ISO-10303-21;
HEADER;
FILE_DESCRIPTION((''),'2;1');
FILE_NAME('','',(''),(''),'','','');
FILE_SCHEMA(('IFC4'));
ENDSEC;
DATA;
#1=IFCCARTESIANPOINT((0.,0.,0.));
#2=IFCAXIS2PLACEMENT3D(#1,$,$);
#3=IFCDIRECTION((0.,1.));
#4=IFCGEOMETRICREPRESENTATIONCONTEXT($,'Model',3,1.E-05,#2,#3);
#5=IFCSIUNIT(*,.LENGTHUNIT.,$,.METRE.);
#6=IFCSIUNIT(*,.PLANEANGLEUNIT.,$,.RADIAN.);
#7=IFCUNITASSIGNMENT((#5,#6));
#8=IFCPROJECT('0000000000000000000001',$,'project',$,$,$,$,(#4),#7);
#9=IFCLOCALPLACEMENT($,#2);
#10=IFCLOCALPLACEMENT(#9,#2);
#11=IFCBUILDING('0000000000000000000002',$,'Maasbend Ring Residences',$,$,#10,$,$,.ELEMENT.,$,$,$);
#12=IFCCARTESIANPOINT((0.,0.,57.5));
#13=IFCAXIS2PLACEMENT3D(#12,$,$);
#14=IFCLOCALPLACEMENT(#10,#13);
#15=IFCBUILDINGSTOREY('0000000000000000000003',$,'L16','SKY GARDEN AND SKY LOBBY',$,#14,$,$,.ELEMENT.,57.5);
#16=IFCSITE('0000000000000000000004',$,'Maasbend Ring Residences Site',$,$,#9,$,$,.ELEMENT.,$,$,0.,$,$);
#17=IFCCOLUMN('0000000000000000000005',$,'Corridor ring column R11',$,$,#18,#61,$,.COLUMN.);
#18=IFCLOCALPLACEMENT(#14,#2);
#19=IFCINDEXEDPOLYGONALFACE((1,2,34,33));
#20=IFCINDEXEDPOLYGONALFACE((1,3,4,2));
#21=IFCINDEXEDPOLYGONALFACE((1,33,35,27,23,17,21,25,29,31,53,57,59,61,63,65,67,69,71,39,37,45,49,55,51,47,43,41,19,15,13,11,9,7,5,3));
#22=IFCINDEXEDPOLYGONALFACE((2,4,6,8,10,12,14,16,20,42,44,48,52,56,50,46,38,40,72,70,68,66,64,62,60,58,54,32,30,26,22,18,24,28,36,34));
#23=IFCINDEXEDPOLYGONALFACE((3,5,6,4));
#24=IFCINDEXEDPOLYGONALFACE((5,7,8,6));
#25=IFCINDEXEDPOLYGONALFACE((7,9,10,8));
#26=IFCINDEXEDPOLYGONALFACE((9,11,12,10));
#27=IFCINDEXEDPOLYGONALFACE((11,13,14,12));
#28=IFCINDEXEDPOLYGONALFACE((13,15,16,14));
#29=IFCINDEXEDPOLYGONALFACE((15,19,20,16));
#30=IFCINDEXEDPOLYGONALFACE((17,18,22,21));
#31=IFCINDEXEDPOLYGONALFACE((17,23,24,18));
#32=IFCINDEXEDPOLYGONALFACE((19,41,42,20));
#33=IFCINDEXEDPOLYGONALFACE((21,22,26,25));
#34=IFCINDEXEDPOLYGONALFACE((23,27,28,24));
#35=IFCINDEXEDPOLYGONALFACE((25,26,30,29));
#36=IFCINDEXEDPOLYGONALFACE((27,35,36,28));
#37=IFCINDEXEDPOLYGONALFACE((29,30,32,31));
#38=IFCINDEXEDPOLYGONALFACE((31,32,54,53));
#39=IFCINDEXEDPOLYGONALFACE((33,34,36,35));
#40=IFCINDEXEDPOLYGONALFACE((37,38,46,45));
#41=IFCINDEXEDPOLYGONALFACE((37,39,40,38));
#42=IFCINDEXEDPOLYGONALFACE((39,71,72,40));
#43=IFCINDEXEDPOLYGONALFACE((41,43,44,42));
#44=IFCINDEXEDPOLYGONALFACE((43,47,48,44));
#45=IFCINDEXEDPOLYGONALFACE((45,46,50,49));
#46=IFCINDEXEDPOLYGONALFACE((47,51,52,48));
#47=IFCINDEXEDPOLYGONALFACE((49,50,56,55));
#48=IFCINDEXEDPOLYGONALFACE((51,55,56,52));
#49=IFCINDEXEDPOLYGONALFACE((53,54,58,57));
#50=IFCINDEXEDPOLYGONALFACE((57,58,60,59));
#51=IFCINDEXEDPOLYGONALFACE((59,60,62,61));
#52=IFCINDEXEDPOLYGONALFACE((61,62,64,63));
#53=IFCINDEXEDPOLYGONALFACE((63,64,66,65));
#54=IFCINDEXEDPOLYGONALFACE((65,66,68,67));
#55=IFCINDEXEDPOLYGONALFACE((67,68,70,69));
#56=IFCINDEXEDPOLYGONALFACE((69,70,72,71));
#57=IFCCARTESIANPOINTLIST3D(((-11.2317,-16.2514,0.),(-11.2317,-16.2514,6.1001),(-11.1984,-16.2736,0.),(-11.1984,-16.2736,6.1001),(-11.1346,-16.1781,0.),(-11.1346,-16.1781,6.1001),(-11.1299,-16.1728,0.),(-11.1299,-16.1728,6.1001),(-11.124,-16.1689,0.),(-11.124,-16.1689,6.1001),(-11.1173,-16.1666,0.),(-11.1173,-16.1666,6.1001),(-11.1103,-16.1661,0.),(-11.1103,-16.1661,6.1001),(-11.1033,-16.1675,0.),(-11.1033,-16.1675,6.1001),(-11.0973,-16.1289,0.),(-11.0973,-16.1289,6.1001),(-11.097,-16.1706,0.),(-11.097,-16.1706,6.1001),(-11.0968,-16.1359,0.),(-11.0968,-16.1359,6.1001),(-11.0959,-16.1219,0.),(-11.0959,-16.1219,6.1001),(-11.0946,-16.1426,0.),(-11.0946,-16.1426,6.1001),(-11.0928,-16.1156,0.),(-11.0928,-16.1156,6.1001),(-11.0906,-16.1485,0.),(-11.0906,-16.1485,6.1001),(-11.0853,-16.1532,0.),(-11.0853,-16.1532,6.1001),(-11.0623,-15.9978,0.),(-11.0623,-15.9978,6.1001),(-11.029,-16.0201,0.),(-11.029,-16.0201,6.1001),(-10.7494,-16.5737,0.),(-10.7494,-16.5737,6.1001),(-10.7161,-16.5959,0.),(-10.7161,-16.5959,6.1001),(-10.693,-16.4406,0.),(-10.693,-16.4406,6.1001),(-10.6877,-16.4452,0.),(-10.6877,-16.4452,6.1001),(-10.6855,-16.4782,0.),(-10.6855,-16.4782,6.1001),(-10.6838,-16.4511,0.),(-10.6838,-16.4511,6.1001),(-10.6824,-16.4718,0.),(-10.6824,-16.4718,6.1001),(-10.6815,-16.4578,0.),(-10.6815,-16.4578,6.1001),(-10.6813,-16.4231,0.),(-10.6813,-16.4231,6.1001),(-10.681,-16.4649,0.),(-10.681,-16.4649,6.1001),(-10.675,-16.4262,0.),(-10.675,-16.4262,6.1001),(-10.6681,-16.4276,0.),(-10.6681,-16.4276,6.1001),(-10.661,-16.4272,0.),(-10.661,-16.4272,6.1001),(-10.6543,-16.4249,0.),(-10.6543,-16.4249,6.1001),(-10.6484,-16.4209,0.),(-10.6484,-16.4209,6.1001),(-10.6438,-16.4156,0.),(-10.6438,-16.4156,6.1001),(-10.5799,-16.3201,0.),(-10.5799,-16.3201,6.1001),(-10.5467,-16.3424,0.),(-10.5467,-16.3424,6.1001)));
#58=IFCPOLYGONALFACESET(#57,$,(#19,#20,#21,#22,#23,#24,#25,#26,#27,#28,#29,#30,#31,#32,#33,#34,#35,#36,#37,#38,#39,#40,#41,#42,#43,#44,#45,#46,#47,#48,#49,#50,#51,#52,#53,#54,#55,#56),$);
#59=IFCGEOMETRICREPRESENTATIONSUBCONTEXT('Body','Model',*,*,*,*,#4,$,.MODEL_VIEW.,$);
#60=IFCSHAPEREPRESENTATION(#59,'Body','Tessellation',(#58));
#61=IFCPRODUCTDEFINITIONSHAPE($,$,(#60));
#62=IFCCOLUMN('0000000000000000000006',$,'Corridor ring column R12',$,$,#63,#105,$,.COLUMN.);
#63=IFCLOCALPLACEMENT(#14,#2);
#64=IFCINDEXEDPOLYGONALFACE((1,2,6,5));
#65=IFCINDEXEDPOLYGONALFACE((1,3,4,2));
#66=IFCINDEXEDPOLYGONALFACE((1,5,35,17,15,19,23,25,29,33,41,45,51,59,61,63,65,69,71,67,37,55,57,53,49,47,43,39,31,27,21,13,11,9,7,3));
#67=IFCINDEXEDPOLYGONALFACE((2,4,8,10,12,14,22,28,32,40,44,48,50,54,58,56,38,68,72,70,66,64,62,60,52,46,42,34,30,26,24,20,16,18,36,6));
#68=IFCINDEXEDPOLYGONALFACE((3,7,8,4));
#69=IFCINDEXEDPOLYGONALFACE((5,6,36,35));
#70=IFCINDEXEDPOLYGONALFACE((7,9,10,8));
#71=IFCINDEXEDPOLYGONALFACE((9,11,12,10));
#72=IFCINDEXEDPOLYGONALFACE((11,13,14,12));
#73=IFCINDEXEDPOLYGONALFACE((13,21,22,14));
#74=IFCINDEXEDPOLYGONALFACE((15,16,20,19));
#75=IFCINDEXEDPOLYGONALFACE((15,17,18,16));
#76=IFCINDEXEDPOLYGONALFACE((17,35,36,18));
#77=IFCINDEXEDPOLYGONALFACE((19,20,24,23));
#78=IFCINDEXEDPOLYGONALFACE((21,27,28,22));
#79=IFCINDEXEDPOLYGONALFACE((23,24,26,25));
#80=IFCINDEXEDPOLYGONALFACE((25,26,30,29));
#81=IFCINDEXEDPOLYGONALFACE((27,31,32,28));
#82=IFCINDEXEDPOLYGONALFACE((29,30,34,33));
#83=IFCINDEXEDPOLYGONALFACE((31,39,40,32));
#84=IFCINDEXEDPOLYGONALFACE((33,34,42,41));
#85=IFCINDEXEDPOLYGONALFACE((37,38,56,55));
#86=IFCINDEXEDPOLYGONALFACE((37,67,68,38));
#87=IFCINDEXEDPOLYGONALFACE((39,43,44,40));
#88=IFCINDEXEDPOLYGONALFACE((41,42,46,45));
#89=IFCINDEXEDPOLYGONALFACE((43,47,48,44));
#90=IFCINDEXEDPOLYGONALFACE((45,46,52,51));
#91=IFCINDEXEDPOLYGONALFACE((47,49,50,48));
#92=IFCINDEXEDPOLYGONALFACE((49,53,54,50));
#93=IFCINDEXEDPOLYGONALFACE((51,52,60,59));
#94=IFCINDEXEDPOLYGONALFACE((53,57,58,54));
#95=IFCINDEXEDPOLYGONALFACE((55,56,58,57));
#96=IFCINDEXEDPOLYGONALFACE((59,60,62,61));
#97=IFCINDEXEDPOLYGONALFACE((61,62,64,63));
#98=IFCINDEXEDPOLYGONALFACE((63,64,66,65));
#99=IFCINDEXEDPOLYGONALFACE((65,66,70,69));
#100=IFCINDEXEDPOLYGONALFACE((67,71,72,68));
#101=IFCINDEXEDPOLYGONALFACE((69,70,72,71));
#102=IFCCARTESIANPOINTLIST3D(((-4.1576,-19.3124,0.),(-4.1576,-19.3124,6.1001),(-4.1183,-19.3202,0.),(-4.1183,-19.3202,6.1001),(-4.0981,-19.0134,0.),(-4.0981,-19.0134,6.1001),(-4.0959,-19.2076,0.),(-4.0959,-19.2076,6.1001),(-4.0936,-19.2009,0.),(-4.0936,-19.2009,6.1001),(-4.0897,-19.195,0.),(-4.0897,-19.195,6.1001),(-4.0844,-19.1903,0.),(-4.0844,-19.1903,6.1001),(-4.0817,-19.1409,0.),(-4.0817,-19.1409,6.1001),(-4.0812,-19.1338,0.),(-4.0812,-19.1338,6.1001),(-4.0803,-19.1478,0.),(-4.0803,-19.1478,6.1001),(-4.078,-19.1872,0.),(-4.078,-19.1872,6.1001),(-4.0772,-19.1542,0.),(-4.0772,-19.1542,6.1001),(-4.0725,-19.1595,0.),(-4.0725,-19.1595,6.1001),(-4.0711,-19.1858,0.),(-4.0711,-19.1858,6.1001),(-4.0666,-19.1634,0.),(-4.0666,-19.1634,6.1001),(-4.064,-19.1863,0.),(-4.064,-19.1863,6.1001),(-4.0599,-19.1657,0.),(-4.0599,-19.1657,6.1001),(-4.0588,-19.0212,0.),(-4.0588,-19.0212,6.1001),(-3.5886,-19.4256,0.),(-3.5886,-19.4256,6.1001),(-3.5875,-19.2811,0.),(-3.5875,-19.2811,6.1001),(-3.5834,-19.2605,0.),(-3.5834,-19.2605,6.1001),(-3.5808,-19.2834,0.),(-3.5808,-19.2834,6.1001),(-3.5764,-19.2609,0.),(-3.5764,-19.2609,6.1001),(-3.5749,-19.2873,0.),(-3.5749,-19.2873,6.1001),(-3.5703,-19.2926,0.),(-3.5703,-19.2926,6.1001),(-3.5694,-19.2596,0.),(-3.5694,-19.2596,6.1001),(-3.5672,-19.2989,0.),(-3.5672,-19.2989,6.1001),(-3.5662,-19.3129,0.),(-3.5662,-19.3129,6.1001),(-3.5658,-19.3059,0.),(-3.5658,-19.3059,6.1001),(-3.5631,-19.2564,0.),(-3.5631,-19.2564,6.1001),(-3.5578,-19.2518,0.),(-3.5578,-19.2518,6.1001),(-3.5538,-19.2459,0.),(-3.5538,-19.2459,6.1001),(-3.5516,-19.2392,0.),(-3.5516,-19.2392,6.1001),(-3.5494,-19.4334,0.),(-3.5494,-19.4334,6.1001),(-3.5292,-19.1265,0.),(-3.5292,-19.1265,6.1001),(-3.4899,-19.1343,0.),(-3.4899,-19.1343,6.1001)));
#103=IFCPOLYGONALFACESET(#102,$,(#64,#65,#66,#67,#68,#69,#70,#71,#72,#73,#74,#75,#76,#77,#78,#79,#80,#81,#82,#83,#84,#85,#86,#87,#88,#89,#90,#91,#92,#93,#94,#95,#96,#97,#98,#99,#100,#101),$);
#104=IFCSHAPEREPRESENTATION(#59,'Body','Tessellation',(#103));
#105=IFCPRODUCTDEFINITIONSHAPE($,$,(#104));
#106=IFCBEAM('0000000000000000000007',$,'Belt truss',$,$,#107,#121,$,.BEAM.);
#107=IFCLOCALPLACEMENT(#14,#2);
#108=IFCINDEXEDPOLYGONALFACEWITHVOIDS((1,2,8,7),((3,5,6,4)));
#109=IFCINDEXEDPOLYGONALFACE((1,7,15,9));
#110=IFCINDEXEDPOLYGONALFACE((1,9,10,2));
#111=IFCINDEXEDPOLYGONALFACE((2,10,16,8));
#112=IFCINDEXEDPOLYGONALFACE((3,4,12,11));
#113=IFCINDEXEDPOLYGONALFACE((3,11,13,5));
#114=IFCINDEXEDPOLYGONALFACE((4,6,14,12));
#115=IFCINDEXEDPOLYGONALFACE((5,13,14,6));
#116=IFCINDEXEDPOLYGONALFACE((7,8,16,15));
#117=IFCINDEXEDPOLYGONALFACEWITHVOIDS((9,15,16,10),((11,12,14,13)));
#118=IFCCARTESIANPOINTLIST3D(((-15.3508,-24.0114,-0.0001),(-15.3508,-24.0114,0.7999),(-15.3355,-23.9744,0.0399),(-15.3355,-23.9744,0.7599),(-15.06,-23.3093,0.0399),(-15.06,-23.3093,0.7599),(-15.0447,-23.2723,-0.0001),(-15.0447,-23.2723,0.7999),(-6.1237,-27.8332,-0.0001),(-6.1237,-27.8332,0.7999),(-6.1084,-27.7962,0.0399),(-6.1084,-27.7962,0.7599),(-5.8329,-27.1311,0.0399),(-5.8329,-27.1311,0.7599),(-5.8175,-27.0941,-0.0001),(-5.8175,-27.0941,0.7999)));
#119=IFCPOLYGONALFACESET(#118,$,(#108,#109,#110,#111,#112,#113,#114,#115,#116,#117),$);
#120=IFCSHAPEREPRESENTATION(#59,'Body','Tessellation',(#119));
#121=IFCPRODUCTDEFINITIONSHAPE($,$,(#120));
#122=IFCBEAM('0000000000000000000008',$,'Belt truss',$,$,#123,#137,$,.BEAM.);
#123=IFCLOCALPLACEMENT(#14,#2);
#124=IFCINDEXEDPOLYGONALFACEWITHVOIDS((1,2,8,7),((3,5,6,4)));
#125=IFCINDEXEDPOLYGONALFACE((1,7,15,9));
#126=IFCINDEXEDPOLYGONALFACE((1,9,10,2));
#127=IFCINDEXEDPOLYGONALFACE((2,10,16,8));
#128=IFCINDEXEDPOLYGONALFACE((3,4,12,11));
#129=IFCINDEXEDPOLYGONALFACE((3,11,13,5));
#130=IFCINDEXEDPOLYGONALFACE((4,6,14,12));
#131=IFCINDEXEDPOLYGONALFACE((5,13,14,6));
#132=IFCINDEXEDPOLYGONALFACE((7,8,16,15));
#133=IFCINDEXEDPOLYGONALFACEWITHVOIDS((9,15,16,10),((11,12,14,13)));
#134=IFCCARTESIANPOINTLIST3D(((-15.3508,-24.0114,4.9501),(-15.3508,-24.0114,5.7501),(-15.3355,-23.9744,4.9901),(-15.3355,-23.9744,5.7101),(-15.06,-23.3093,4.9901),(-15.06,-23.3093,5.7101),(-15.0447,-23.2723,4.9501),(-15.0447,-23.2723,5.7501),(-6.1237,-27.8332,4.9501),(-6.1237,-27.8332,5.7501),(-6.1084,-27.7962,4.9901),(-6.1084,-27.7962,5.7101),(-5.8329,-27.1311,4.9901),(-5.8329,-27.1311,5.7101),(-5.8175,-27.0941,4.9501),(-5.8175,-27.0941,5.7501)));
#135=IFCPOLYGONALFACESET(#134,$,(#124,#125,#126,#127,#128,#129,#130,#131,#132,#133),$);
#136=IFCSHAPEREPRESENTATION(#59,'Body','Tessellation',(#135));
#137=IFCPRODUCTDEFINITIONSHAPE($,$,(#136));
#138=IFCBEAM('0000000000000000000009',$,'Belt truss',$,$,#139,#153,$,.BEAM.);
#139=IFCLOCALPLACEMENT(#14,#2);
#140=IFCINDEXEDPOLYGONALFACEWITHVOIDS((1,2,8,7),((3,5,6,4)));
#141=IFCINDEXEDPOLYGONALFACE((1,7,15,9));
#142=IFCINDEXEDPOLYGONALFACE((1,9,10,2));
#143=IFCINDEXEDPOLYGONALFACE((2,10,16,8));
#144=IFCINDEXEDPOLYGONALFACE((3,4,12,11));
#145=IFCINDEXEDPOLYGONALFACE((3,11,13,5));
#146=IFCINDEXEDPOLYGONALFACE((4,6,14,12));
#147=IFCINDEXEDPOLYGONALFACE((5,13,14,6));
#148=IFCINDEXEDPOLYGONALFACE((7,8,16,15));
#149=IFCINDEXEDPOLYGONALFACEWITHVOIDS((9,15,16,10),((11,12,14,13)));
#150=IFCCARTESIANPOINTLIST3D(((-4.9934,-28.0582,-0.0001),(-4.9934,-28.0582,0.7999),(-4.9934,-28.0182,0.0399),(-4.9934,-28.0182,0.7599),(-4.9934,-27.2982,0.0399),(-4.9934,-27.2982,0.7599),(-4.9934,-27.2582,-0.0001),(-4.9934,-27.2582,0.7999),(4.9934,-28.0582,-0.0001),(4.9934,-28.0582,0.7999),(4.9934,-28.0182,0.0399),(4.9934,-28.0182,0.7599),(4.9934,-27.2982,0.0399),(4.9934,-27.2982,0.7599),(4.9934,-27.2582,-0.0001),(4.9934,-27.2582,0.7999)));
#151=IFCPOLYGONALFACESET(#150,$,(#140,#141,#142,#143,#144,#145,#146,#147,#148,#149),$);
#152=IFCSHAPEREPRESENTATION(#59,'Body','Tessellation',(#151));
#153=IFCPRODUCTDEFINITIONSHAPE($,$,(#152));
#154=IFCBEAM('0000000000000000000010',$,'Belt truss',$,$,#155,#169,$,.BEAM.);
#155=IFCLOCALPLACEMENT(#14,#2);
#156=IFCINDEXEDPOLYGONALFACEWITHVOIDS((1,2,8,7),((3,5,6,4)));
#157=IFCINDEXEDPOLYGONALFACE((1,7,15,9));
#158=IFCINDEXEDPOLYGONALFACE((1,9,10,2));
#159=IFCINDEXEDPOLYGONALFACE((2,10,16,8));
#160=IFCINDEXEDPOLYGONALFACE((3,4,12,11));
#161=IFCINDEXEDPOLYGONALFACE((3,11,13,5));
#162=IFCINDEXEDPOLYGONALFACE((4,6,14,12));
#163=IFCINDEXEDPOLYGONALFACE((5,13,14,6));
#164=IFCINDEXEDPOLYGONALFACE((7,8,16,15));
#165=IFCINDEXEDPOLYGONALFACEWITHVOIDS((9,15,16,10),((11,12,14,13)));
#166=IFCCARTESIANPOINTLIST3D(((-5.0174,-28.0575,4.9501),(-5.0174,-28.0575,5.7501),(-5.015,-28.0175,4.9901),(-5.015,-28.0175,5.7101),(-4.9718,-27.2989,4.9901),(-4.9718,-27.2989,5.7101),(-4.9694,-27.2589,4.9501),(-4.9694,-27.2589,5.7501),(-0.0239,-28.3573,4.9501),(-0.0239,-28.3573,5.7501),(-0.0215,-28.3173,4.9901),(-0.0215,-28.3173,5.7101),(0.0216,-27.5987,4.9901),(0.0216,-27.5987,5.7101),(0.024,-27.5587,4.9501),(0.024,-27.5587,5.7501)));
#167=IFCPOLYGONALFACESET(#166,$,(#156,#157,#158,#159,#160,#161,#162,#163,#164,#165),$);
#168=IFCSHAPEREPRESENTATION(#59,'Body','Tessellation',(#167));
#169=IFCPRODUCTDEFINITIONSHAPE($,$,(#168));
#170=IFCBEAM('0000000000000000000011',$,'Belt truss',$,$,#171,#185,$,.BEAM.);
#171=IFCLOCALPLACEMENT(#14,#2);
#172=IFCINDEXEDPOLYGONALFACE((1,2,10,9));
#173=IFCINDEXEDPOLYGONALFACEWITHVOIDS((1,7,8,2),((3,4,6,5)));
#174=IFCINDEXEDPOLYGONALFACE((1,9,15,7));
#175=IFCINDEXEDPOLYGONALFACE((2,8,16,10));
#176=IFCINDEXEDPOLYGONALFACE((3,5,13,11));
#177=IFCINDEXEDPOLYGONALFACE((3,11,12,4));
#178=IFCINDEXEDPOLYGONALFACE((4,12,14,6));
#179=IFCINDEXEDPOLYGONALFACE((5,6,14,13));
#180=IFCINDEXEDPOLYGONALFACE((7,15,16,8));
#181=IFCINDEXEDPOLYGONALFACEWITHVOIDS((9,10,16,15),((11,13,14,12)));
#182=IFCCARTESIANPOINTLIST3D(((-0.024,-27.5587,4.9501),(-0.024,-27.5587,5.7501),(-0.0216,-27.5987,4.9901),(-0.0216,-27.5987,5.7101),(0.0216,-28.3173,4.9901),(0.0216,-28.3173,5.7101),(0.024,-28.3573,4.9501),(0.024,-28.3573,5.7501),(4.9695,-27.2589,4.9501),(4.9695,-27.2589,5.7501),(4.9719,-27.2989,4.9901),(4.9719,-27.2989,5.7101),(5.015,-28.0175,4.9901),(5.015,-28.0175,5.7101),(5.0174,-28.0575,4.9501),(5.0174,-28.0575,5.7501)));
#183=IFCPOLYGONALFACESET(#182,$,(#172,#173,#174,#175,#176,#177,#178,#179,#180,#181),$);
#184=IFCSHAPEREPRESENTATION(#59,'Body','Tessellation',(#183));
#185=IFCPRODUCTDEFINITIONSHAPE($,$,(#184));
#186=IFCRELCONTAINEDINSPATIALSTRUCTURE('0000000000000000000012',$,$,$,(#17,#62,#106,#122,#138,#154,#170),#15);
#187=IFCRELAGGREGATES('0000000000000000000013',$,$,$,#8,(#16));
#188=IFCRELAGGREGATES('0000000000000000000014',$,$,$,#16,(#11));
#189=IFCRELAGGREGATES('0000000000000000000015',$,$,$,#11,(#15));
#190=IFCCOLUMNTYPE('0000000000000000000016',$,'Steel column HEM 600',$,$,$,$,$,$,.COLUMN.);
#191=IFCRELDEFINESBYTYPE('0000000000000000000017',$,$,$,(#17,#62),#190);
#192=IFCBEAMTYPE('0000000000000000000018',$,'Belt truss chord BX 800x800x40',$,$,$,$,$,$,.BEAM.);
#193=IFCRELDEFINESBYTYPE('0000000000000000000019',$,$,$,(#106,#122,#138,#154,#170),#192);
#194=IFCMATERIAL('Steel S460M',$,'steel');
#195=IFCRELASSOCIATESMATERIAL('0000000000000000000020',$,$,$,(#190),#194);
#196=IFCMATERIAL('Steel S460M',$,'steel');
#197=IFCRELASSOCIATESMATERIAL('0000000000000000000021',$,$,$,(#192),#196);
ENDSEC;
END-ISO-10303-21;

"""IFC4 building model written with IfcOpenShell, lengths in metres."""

from ifc_helpers import new_model, si_unit, direction, frame, origin, origin_2d, place, context, subcontext, project, spatial, hollow_rectangle, i_section, extrude, material, material_profile, profile_set, type_object, element, save


model = new_model("IFC4")

# Units and contexts
model_context = context("Model", 3, precision=1e-05, world=origin(), true_north=direction((0.0, 1.0)))
body_context = subcontext(model_context, "Body", "Model", "MODEL_VIEW")
ifc_project = project(units=[si_unit("LENGTHUNIT", "METRE"), si_unit("PLANEANGLEUNIT", "RADIAN")], contexts=[model_context])

# Site, building, storey
site_placement = place(None, origin())
site = spatial("IfcSite", under=ifc_project, at=site_placement, Name="Maasbend Ring Residences Site", CompositionType="ELEMENT", RefElevation=0.0)
building_placement = place(site_placement, origin())
building = spatial("IfcBuilding", under=site, at=building_placement, Name="Maasbend Ring Residences", CompositionType="ELEMENT")
storey_placement = place(building_placement, frame((0.0, 0.0, 57.5)))
storey = spatial("IfcBuildingStorey", under=building, at=storey_placement, Name="L16", Description="SKY GARDEN AND SKY LOBBY", CompositionType="ELEMENT", Elevation=57.5)

# Columns
ifc_material_1 = material(Name="Steel S460M", Category="steel")
ifc_material_profile_1 = material_profile(ifc_material_1, i_section(OverallWidth=0.3049, OverallDepth=0.6201, WebThickness=0.021, FlangeThickness=0.04, FilletRadius=0.0271, at=origin_2d()), Name="HEM 600")
ifc_profile_set_1 = profile_set([ifc_material_profile_1], Name="Steel S460M")
column_type_1 = type_object("IfcColumnType", Name="Steel column HEM 600", PredefinedType="COLUMN", material=ifc_profile_set_1)
for number, where, z_axis, x_axis, name in (
    (1, (-10.8892, -16.2969, 0.0), (0.0, 0.0, 1.0), (-0.55557, -0.83147, 0.0), "Corridor ring column R11"),
    (2, (-3.8237, -19.2234, 0.0), (0.0, 0.0, 1.0), (-0.19509, -0.980785, 0.0), "Corridor ring column R12"),
):
    element("IfcColumn", number, at=place(storey_placement, frame(where, z_axis=z_axis, x_axis=x_axis)), inside=storey, type_object=column_type_1, Name=name, PredefinedType="COLUMN", context=body_context, shape_type="SweptSolid", body=[
        extrude(i_section(OverallWidth=0.3049, OverallDepth=0.6201, WebThickness=0.021, FlangeThickness=0.04, FilletRadius=0.0271, at=origin_2d()), origin(), (0.0, 0.0, 1.0), 6.1001),
    ])

# Beams
ifc_material_2 = material(Name="Steel S460M", Category="steel")
ifc_material_profile_2 = material_profile(ifc_material_2, hollow_rectangle(XDim=0.8, YDim=0.8, WallThickness=0.04, at=origin_2d()), Name="Belt truss chord BX 800x800x40")
ifc_profile_set_2 = profile_set([ifc_material_profile_2], Name="Steel S460M")
beam_type_1 = type_object("IfcBeamType", Name="Belt truss chord BX 800x800x40", PredefinedType="BEAM", material=ifc_profile_set_2)
for number, where, z_axis, x_axis, name in (
    (3, (-15.1978, -23.6418, 0.3999), (0.923886, -0.382667, 0.0), (0.382667, 0.923886, 0.0), "Belt truss"),
    (4, (-15.1978, -23.6418, 5.3501), (0.923886, -0.382667, 0.0), (0.382667, 0.923886, 0.0), "Belt truss"),
):
    element("IfcBeam", number, at=place(storey_placement, frame(where, z_axis=z_axis, x_axis=x_axis)), inside=storey, type_object=beam_type_1, Name=name, PredefinedType="BEAM", context=body_context, shape_type="SweptSolid", body=[
        extrude(hollow_rectangle(XDim=0.8, YDim=0.8, WallThickness=0.04, at=origin_2d()), origin(), (0.0, 0.0, 1.0), 9.9873),
    ])
beam_1_placement = place(storey_placement, frame((-4.9934, -27.6582, 0.3999), z_axis=(1.0, 0.0, 0.0), x_axis=(0.0, 1.0, 0.0)))
element("IfcBeam", 5, at=beam_1_placement, inside=storey, type_object=beam_type_1, Name="Belt truss", PredefinedType="BEAM", context=body_context, shape_type="SweptSolid", body=[
    extrude(hollow_rectangle(XDim=0.8, YDim=0.8, WallThickness=0.04, at=origin_2d()), origin(), (0.0, 0.0, 1.0), 9.9868),
])
for number, where, z_axis, x_axis, name in (
    (6, (-4.9934, -27.6582, 5.3501), (0.998202, -0.059932, 0.0), (0.059932, 0.998202, 0.0), "Belt truss"),
    (7, (0.0, -27.958, 5.3501), (0.998202, 0.059932, 0.0), (-0.059932, 0.998202, 0.0), "Belt truss"),
):
    element("IfcBeam", number, at=place(storey_placement, frame(where, z_axis=z_axis, x_axis=x_axis)), inside=storey, type_object=beam_type_1, Name=name, PredefinedType="BEAM", context=body_context, shape_type="SweptSolid", body=[
        extrude(hollow_rectangle(XDim=0.8, YDim=0.8, WallThickness=0.04, at=origin_2d()), origin(), (0.0, 0.0, 1.0), 5.0024),
    ])

save(model, "model.ifc")
